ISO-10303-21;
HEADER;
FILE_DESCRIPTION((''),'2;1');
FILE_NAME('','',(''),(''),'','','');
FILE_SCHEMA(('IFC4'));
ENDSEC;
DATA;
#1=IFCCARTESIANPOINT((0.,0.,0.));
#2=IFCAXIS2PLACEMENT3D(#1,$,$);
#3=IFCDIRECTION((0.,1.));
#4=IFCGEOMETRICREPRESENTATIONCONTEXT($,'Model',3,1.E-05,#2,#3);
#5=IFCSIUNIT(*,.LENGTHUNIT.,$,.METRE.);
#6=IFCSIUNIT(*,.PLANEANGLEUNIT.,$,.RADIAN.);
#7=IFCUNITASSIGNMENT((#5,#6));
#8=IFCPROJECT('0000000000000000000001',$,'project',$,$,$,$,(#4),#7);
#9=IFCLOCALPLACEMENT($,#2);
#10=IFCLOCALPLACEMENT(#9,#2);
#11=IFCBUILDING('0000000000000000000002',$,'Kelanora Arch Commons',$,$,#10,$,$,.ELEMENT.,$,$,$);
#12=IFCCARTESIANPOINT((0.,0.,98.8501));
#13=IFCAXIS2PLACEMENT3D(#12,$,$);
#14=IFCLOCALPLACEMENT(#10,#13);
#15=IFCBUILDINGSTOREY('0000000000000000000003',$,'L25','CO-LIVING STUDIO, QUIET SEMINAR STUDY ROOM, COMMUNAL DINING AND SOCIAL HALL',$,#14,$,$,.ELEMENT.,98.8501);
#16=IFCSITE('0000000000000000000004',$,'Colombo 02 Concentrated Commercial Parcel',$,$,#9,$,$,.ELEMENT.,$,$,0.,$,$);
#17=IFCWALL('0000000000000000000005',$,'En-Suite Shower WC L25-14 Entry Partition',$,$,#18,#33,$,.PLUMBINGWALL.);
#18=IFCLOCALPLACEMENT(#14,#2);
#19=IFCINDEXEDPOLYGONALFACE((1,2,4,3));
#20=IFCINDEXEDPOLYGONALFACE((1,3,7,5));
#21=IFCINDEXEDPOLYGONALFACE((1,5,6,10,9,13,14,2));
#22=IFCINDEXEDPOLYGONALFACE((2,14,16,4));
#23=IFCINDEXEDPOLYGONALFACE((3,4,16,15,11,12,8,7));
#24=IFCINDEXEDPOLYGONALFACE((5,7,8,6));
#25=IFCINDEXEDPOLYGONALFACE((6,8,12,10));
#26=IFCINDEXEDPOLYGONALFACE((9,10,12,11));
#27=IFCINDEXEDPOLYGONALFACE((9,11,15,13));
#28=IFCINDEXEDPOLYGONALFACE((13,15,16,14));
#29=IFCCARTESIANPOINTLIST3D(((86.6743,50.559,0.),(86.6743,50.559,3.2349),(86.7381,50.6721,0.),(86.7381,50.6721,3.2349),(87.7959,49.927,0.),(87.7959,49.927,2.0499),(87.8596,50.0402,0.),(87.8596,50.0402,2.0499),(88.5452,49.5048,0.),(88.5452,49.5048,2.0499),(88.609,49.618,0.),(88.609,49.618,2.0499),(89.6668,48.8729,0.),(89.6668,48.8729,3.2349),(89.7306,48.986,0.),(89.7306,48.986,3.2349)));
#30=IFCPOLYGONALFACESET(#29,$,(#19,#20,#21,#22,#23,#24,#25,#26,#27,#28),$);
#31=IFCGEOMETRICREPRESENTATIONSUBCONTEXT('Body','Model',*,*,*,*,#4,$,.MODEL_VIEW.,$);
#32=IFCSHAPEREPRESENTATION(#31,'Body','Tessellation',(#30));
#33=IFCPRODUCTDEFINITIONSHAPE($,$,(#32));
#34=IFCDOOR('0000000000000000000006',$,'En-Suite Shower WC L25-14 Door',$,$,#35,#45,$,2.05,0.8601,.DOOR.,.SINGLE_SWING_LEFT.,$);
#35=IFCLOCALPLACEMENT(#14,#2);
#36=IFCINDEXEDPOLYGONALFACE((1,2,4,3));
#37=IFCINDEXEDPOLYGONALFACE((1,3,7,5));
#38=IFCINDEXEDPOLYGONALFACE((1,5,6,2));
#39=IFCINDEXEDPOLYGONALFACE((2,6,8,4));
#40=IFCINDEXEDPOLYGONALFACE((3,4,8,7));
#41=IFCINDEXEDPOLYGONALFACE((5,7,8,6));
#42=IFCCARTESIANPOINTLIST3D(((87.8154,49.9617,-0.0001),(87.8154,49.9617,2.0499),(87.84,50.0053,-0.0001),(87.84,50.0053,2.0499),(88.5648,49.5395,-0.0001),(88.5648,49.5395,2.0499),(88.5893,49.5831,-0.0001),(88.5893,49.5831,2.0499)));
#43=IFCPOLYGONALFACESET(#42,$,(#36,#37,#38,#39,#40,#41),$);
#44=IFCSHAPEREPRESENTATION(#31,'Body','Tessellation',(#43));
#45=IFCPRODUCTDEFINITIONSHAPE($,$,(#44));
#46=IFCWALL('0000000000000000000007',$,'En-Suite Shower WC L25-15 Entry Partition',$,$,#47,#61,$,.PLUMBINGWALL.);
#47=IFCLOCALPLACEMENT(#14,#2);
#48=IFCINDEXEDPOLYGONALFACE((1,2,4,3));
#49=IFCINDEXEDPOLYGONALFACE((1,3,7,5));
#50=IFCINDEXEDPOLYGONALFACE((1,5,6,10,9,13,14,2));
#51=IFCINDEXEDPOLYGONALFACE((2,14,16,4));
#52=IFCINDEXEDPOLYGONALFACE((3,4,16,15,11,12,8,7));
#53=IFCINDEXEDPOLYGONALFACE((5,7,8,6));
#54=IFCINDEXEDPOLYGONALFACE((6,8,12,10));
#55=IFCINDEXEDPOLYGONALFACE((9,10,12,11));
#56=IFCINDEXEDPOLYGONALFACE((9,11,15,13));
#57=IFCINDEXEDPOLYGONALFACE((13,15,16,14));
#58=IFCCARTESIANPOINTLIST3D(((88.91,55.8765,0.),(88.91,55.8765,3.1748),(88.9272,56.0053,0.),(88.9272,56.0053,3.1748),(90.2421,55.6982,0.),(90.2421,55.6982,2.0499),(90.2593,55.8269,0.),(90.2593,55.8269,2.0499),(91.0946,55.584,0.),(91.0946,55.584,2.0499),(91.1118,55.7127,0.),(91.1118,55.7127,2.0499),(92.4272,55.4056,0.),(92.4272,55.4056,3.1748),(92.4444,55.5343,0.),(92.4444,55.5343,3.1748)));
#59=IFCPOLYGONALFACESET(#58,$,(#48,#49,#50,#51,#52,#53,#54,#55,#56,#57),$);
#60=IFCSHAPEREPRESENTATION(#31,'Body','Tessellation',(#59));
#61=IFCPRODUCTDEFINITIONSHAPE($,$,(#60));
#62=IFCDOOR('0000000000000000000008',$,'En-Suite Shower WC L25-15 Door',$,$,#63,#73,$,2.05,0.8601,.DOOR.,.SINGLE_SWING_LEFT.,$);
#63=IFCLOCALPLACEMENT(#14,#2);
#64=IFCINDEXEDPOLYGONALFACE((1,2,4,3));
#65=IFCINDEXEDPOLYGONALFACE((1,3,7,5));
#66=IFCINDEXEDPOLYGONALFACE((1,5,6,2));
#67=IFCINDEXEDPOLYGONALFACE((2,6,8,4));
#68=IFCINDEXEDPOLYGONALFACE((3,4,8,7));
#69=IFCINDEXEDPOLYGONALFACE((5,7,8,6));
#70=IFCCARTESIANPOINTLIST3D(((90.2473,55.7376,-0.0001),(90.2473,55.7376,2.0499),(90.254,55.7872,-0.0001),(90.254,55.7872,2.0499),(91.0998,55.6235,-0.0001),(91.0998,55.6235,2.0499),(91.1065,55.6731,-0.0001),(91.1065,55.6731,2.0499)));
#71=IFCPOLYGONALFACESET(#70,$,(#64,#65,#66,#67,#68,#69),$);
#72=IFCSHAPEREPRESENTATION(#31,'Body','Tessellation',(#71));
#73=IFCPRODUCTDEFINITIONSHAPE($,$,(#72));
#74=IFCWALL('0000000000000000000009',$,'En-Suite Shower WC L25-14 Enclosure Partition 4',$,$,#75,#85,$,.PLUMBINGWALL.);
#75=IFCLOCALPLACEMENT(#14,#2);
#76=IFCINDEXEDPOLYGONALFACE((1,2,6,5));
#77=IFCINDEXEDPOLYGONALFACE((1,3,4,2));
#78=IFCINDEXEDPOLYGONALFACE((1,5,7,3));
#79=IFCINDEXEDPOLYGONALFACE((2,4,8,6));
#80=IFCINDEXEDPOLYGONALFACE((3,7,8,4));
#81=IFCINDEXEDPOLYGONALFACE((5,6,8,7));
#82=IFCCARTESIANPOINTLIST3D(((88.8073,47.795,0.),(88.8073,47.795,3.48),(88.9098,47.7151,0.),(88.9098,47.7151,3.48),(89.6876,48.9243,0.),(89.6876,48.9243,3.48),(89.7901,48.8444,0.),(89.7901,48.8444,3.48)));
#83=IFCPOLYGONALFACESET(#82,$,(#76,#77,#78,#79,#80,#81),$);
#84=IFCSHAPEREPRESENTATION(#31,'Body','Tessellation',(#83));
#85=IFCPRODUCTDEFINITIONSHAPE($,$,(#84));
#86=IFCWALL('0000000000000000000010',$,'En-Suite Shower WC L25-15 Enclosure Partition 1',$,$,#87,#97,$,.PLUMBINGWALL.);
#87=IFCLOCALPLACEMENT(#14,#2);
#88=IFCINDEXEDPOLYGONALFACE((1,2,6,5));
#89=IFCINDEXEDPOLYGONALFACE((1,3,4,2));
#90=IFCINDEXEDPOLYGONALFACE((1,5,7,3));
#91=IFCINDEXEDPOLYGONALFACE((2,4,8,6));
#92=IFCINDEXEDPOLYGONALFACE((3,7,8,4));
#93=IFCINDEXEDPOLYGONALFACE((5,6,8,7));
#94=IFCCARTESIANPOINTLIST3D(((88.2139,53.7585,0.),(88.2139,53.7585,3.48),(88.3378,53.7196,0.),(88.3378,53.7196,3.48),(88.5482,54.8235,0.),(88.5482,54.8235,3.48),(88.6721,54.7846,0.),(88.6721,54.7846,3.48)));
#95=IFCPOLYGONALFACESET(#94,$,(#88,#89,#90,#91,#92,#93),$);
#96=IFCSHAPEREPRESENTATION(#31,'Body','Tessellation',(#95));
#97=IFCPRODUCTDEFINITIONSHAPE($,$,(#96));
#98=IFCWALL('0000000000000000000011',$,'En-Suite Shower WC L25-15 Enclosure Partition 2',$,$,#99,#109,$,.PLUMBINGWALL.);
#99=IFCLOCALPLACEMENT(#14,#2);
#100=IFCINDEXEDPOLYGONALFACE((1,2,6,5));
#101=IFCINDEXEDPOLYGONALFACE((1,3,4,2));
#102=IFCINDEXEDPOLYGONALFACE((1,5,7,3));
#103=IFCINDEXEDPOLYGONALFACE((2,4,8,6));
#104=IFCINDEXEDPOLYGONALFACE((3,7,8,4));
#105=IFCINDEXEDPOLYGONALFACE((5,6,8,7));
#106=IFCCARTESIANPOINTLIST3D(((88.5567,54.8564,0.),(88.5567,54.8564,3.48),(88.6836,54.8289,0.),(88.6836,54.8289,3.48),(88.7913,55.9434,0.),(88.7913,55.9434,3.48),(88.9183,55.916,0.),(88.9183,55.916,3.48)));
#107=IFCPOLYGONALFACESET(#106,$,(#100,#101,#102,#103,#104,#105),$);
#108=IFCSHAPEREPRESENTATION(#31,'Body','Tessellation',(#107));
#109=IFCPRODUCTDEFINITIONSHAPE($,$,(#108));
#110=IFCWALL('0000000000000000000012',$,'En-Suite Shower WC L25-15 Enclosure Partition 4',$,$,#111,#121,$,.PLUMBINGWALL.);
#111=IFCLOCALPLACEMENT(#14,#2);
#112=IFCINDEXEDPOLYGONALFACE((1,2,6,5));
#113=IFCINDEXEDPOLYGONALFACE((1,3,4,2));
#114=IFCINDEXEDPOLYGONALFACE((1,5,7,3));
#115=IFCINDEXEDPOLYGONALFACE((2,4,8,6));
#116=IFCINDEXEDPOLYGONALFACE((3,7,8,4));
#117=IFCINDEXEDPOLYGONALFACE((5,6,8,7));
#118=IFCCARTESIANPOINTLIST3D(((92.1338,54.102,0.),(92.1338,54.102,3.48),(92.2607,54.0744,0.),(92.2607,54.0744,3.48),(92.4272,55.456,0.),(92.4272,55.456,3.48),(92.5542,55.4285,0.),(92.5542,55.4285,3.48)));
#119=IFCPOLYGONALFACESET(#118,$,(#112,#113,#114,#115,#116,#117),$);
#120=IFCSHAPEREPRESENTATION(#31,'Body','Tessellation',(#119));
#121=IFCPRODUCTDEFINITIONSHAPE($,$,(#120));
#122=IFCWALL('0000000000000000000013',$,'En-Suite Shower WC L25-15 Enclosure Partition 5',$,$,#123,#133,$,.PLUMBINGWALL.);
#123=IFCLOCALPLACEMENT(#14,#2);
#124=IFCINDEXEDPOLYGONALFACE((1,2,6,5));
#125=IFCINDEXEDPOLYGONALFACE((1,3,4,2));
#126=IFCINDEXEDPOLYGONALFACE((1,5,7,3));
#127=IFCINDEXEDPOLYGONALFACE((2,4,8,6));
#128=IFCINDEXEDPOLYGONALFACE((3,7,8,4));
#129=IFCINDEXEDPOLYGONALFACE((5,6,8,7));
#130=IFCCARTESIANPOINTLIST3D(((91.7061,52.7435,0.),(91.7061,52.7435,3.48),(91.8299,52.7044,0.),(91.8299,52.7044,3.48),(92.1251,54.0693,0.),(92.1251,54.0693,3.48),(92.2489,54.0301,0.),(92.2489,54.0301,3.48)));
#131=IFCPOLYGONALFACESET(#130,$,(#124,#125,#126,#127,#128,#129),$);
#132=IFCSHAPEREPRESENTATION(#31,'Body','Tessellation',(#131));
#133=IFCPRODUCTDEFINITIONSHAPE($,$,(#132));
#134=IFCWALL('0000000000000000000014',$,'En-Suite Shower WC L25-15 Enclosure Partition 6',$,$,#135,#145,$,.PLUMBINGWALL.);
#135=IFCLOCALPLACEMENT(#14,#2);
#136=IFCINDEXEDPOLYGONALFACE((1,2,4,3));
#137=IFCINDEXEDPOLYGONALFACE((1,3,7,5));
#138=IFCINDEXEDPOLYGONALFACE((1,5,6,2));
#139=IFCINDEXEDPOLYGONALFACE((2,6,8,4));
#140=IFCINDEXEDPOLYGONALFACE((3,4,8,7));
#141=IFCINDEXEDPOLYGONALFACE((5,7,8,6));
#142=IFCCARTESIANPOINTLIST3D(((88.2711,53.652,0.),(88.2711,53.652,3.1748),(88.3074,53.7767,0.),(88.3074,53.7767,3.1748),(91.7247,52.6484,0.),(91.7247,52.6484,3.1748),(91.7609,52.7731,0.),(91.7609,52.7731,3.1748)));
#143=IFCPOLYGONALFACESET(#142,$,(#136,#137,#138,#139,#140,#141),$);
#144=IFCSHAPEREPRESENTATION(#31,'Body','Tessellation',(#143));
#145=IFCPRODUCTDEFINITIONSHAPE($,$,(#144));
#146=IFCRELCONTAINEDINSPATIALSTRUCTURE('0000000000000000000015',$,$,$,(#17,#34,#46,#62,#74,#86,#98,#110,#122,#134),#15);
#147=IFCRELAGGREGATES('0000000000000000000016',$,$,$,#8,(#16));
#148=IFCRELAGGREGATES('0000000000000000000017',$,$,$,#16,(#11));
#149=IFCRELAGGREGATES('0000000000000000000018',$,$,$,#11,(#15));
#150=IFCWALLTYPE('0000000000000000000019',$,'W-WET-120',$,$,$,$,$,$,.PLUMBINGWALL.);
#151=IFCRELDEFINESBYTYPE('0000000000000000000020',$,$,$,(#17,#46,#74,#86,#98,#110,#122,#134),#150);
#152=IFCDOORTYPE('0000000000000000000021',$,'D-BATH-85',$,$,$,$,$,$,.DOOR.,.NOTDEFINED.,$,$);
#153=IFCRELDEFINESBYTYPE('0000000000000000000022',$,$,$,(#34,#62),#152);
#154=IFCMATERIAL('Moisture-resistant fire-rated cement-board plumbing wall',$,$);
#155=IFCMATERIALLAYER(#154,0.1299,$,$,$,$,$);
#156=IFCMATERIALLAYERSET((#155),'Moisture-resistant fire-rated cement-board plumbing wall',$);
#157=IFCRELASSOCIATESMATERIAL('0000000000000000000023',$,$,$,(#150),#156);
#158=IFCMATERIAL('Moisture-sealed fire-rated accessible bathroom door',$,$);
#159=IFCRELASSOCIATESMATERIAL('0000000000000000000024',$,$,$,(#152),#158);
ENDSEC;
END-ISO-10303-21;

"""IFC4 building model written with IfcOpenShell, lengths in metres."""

from ifc_helpers import new_model, si_unit, direction, frame, frame_2d, origin, place, context, subcontext, project, spatial, rectangle, extrude, material, layer, layer_set, type_object, element, fill, save


model = new_model("IFC4")

# Units and contexts
model_context = context("Model", 3, precision=1e-05, world=origin(), true_north=direction((0.0, 1.0)))
body_context = subcontext(model_context, "Body", "Model", "MODEL_VIEW")
ifc_project = project(units=[si_unit("LENGTHUNIT", "METRE"), si_unit("PLANEANGLEUNIT", "RADIAN")], contexts=[model_context])

# Site, building, storey
site_placement = place(None, origin())
site = spatial("IfcSite", under=ifc_project, at=site_placement, Name="Colombo 02 Concentrated Commercial Parcel", CompositionType="ELEMENT", RefElevation=0.0)
building_placement = place(site_placement, origin())
building = spatial("IfcBuilding", under=site, at=building_placement, Name="Kelanora Arch Commons", CompositionType="ELEMENT")
storey_placement = place(building_placement, frame((0.0, 0.0, 98.8501)))
storey = spatial("IfcBuildingStorey", under=building, at=storey_placement, Name="L25", Description="CO-LIVING STUDIO, QUIET SEMINAR STUDY ROOM, COMMUNAL DINING AND SOCIAL HALL", CompositionType="ELEMENT", Elevation=98.8501)

# Walls, openings, doors
ifc_material_1 = material(Name="Moisture-resistant fire-rated cement-board plumbing wall")
ifc_layer_1 = layer(ifc_material_1, 0.1299)
ifc_layer_set_1 = layer_set([ifc_layer_1], Name="Moisture-resistant fire-rated cement-board plumbing wall")
wall_type_1 = type_object("IfcWallType", Name="W-WET-120", PredefinedType="PLUMBINGWALL", material=ifc_layer_set_1)
wall_1_placement = place(storey_placement, frame((86.7063, 50.6155, 0.0), z_axis=(0.0, 0.0, 1.0), x_axis=(0.871228, -0.490879, 0.0)))
wall_1 = element("IfcWall", 1, at=wall_1_placement, inside=storey, type_object=wall_type_1, Name="En-Suite Shower WC L25-14 Entry Partition", PredefinedType="PLUMBINGWALL", context=body_context, shape_type="SweptSolid", body=[
    extrude(rectangle(XDim=3.4348, YDim=0.1299, at=frame_2d((1.7173, 0.0))), origin(), (0.0, 0.0, 1.0), 3.2349),
])
opening_1_placement = place(wall_1_placement, frame((1.2871, 0.0, 0.0)))
opening_1 = element("IfcOpeningElement", 2, at=opening_1_placement, cuts=wall_1, PredefinedType="OPENING", context=body_context, shape_type="SweptSolid", body=[
    extrude(rectangle(XDim=0.8601, YDim=2.05, at=frame_2d((0.4302, 1.0249))), frame((0.0, 0.075, 0.0), z_axis=(0.0, -1.0, 0.0), x_axis=(1.0, 0.0, 0.0)), (0.0, 0.0, 1.0), 0.1499),
])
ifc_material_2 = material(Name="Moisture-sealed fire-rated accessible bathroom door")
door_type_1 = type_object("IfcDoorType", Name="D-BATH-85", OperationType="NOTDEFINED", PredefinedType="DOOR", material=ifc_material_2)
door_1_placement = place(opening_1_placement, origin())
door_1 = element("IfcDoor", 3, at=door_1_placement, inside=storey, type_object=door_type_1, Name="En-Suite Shower WC L25-14 Door", OperationType="SINGLE_SWING_LEFT", OverallHeight=2.05, OverallWidth=0.8601, PredefinedType="DOOR", context=body_context, shape_type="SweptSolid", body=[
    extrude(rectangle(XDim=0.8601, YDim=2.05, at=frame_2d((0.4302, 1.0249))), frame((0.0, 0.0249, 0.0), z_axis=(0.0, -1.0, 0.0), x_axis=(1.0, 0.0, 0.0)), (0.0, 0.0, 1.0), 0.05),
])
fill(opening_1, door_1)
wall_2_placement = place(storey_placement, frame((88.9185, 55.9409, 0.0), z_axis=(0.0, 0.0, 1.0), x_axis=(0.991154, -0.132718, 0.0)))
wall_2 = element("IfcWall", 4, at=wall_2_placement, inside=storey, type_object=wall_type_1, Name="En-Suite Shower WC L25-15 Entry Partition", PredefinedType="PLUMBINGWALL", context=body_context, shape_type="SweptSolid", body=[
    extrude(rectangle(XDim=3.5486, YDim=0.1299, at=frame_2d((1.7744, 0.0))), origin(), (0.0, 0.0, 1.0), 3.1748),
])
opening_2_placement = place(wall_2_placement, frame((1.344, 0.0, 0.0)))
opening_2 = element("IfcOpeningElement", 5, at=opening_2_placement, cuts=wall_2, PredefinedType="OPENING", context=body_context, shape_type="SweptSolid", body=[
    extrude(rectangle(XDim=0.8601, YDim=2.05, at=frame_2d((0.4302, 1.0249))), frame((0.0, 0.075, 0.0), z_axis=(0.0, -1.0, 0.0), x_axis=(1.0, 0.0, 0.0)), (0.0, 0.0, 1.0), 0.1499),
])
door_2_placement = place(opening_2_placement, origin())
door_2 = element("IfcDoor", 6, at=door_2_placement, inside=storey, type_object=door_type_1, Name="En-Suite Shower WC L25-15 Door", OperationType="SINGLE_SWING_LEFT", OverallHeight=2.05, OverallWidth=0.8601, PredefinedType="DOOR", context=body_context, shape_type="SweptSolid", body=[
    extrude(rectangle(XDim=0.8601, YDim=2.05, at=frame_2d((0.4302, 1.0249))), frame((0.0, 0.0249, 0.0), z_axis=(0.0, -1.0, 0.0), x_axis=(1.0, 0.0, 0.0)), (0.0, 0.0, 1.0), 0.05),
])
fill(opening_2, door_2)

# Walls
wall_3_placement = place(storey_placement, frame((89.7388, 48.8843, 0.0), z_axis=(0.0, 0.0, 1.0), x_axis=(-0.61479, -0.788691, 0.0)))
element("IfcWall", 7, at=wall_3_placement, inside=storey, type_object=wall_type_1, Name="En-Suite Shower WC L25-14 Enclosure Partition 4", PredefinedType="PLUMBINGWALL", context=body_context, shape_type="SweptSolid", body=[
    extrude(rectangle(XDim=1.4319, YDim=0.1299, at=frame_2d((0.7158, 0.0))), origin(), (0.0, 0.0, 1.0), 3.48),
])
wall_4_placement = place(storey_placement, frame((88.2759, 53.739, 0.0), z_axis=(0.0, 0.0, 1.0), x_axis=(0.299445, 0.954113, 0.0)))
element("IfcWall", 8, at=wall_4_placement, inside=storey, type_object=wall_type_1, Name="En-Suite Shower WC L25-15 Enclosure Partition 1", PredefinedType="PLUMBINGWALL", context=body_context, shape_type="SweptSolid", body=[
    extrude(rectangle(XDim=1.1162, YDim=0.1299, at=frame_2d((0.5581, 0.0))), origin(), (0.0, 0.0, 1.0), 3.48),
])
wall_5_placement = place(storey_placement, frame((88.6201, 54.8425, 0.0), z_axis=(0.0, 0.0, 1.0), x_axis=(0.210998, 0.977486, 0.0)))
element("IfcWall", 9, at=wall_5_placement, inside=storey, type_object=wall_type_1, Name="En-Suite Shower WC L25-15 Enclosure Partition 2", PredefinedType="PLUMBINGWALL", context=body_context, shape_type="SweptSolid", body=[
    extrude(rectangle(XDim=1.1121, YDim=0.1299, at=frame_2d((0.5562, 0.0))), origin(), (0.0, 0.0, 1.0), 3.48),
])
wall_6_placement = place(storey_placement, frame((92.4907, 55.4424, 0.0), z_axis=(0.0, 0.0, 1.0), x_axis=(-0.211815, -0.97731, 0.0)))
element("IfcWall", 10, at=wall_6_placement, inside=storey, type_object=wall_type_1, Name="En-Suite Shower WC L25-15 Enclosure Partition 4", PredefinedType="PLUMBINGWALL", context=body_context, shape_type="SweptSolid", body=[
    extrude(rectangle(XDim=1.3855, YDim=0.1299, at=frame_2d((0.6929, 0.0))), origin(), (0.0, 0.0, 1.0), 3.48),
])
wall_7_placement = place(storey_placement, frame((92.187, 54.0498, 0.0), z_axis=(0.0, 0.0, 1.0), x_axis=(-0.301333, -0.953519, 0.0)))
element("IfcWall", 11, at=wall_7_placement, inside=storey, type_object=wall_type_1, Name="En-Suite Shower WC L25-15 Enclosure Partition 5", PredefinedType="PLUMBINGWALL", context=body_context, shape_type="SweptSolid", body=[
    extrude(rectangle(XDim=1.3904, YDim=0.1299, at=frame_2d((0.6953, 0.0))), origin(), (0.0, 0.0, 1.0), 3.48),
])
wall_8_placement = place(storey_placement, frame((91.7429, 52.7107, 0.0), z_axis=(0.0, 0.0, 1.0), x_axis=(-0.960272, 0.279067, 0.0)))
element("IfcWall", 12, at=wall_8_placement, inside=storey, type_object=wall_type_1, Name="En-Suite Shower WC L25-15 Enclosure Partition 6", PredefinedType="PLUMBINGWALL", context=body_context, shape_type="SweptSolid", body=[
    extrude(rectangle(XDim=3.5964, YDim=0.1299, at=frame_2d((1.7983, 0.0))), origin(), (0.0, 0.0, 1.0), 3.1748),
])

save(model, "model.ifc")
